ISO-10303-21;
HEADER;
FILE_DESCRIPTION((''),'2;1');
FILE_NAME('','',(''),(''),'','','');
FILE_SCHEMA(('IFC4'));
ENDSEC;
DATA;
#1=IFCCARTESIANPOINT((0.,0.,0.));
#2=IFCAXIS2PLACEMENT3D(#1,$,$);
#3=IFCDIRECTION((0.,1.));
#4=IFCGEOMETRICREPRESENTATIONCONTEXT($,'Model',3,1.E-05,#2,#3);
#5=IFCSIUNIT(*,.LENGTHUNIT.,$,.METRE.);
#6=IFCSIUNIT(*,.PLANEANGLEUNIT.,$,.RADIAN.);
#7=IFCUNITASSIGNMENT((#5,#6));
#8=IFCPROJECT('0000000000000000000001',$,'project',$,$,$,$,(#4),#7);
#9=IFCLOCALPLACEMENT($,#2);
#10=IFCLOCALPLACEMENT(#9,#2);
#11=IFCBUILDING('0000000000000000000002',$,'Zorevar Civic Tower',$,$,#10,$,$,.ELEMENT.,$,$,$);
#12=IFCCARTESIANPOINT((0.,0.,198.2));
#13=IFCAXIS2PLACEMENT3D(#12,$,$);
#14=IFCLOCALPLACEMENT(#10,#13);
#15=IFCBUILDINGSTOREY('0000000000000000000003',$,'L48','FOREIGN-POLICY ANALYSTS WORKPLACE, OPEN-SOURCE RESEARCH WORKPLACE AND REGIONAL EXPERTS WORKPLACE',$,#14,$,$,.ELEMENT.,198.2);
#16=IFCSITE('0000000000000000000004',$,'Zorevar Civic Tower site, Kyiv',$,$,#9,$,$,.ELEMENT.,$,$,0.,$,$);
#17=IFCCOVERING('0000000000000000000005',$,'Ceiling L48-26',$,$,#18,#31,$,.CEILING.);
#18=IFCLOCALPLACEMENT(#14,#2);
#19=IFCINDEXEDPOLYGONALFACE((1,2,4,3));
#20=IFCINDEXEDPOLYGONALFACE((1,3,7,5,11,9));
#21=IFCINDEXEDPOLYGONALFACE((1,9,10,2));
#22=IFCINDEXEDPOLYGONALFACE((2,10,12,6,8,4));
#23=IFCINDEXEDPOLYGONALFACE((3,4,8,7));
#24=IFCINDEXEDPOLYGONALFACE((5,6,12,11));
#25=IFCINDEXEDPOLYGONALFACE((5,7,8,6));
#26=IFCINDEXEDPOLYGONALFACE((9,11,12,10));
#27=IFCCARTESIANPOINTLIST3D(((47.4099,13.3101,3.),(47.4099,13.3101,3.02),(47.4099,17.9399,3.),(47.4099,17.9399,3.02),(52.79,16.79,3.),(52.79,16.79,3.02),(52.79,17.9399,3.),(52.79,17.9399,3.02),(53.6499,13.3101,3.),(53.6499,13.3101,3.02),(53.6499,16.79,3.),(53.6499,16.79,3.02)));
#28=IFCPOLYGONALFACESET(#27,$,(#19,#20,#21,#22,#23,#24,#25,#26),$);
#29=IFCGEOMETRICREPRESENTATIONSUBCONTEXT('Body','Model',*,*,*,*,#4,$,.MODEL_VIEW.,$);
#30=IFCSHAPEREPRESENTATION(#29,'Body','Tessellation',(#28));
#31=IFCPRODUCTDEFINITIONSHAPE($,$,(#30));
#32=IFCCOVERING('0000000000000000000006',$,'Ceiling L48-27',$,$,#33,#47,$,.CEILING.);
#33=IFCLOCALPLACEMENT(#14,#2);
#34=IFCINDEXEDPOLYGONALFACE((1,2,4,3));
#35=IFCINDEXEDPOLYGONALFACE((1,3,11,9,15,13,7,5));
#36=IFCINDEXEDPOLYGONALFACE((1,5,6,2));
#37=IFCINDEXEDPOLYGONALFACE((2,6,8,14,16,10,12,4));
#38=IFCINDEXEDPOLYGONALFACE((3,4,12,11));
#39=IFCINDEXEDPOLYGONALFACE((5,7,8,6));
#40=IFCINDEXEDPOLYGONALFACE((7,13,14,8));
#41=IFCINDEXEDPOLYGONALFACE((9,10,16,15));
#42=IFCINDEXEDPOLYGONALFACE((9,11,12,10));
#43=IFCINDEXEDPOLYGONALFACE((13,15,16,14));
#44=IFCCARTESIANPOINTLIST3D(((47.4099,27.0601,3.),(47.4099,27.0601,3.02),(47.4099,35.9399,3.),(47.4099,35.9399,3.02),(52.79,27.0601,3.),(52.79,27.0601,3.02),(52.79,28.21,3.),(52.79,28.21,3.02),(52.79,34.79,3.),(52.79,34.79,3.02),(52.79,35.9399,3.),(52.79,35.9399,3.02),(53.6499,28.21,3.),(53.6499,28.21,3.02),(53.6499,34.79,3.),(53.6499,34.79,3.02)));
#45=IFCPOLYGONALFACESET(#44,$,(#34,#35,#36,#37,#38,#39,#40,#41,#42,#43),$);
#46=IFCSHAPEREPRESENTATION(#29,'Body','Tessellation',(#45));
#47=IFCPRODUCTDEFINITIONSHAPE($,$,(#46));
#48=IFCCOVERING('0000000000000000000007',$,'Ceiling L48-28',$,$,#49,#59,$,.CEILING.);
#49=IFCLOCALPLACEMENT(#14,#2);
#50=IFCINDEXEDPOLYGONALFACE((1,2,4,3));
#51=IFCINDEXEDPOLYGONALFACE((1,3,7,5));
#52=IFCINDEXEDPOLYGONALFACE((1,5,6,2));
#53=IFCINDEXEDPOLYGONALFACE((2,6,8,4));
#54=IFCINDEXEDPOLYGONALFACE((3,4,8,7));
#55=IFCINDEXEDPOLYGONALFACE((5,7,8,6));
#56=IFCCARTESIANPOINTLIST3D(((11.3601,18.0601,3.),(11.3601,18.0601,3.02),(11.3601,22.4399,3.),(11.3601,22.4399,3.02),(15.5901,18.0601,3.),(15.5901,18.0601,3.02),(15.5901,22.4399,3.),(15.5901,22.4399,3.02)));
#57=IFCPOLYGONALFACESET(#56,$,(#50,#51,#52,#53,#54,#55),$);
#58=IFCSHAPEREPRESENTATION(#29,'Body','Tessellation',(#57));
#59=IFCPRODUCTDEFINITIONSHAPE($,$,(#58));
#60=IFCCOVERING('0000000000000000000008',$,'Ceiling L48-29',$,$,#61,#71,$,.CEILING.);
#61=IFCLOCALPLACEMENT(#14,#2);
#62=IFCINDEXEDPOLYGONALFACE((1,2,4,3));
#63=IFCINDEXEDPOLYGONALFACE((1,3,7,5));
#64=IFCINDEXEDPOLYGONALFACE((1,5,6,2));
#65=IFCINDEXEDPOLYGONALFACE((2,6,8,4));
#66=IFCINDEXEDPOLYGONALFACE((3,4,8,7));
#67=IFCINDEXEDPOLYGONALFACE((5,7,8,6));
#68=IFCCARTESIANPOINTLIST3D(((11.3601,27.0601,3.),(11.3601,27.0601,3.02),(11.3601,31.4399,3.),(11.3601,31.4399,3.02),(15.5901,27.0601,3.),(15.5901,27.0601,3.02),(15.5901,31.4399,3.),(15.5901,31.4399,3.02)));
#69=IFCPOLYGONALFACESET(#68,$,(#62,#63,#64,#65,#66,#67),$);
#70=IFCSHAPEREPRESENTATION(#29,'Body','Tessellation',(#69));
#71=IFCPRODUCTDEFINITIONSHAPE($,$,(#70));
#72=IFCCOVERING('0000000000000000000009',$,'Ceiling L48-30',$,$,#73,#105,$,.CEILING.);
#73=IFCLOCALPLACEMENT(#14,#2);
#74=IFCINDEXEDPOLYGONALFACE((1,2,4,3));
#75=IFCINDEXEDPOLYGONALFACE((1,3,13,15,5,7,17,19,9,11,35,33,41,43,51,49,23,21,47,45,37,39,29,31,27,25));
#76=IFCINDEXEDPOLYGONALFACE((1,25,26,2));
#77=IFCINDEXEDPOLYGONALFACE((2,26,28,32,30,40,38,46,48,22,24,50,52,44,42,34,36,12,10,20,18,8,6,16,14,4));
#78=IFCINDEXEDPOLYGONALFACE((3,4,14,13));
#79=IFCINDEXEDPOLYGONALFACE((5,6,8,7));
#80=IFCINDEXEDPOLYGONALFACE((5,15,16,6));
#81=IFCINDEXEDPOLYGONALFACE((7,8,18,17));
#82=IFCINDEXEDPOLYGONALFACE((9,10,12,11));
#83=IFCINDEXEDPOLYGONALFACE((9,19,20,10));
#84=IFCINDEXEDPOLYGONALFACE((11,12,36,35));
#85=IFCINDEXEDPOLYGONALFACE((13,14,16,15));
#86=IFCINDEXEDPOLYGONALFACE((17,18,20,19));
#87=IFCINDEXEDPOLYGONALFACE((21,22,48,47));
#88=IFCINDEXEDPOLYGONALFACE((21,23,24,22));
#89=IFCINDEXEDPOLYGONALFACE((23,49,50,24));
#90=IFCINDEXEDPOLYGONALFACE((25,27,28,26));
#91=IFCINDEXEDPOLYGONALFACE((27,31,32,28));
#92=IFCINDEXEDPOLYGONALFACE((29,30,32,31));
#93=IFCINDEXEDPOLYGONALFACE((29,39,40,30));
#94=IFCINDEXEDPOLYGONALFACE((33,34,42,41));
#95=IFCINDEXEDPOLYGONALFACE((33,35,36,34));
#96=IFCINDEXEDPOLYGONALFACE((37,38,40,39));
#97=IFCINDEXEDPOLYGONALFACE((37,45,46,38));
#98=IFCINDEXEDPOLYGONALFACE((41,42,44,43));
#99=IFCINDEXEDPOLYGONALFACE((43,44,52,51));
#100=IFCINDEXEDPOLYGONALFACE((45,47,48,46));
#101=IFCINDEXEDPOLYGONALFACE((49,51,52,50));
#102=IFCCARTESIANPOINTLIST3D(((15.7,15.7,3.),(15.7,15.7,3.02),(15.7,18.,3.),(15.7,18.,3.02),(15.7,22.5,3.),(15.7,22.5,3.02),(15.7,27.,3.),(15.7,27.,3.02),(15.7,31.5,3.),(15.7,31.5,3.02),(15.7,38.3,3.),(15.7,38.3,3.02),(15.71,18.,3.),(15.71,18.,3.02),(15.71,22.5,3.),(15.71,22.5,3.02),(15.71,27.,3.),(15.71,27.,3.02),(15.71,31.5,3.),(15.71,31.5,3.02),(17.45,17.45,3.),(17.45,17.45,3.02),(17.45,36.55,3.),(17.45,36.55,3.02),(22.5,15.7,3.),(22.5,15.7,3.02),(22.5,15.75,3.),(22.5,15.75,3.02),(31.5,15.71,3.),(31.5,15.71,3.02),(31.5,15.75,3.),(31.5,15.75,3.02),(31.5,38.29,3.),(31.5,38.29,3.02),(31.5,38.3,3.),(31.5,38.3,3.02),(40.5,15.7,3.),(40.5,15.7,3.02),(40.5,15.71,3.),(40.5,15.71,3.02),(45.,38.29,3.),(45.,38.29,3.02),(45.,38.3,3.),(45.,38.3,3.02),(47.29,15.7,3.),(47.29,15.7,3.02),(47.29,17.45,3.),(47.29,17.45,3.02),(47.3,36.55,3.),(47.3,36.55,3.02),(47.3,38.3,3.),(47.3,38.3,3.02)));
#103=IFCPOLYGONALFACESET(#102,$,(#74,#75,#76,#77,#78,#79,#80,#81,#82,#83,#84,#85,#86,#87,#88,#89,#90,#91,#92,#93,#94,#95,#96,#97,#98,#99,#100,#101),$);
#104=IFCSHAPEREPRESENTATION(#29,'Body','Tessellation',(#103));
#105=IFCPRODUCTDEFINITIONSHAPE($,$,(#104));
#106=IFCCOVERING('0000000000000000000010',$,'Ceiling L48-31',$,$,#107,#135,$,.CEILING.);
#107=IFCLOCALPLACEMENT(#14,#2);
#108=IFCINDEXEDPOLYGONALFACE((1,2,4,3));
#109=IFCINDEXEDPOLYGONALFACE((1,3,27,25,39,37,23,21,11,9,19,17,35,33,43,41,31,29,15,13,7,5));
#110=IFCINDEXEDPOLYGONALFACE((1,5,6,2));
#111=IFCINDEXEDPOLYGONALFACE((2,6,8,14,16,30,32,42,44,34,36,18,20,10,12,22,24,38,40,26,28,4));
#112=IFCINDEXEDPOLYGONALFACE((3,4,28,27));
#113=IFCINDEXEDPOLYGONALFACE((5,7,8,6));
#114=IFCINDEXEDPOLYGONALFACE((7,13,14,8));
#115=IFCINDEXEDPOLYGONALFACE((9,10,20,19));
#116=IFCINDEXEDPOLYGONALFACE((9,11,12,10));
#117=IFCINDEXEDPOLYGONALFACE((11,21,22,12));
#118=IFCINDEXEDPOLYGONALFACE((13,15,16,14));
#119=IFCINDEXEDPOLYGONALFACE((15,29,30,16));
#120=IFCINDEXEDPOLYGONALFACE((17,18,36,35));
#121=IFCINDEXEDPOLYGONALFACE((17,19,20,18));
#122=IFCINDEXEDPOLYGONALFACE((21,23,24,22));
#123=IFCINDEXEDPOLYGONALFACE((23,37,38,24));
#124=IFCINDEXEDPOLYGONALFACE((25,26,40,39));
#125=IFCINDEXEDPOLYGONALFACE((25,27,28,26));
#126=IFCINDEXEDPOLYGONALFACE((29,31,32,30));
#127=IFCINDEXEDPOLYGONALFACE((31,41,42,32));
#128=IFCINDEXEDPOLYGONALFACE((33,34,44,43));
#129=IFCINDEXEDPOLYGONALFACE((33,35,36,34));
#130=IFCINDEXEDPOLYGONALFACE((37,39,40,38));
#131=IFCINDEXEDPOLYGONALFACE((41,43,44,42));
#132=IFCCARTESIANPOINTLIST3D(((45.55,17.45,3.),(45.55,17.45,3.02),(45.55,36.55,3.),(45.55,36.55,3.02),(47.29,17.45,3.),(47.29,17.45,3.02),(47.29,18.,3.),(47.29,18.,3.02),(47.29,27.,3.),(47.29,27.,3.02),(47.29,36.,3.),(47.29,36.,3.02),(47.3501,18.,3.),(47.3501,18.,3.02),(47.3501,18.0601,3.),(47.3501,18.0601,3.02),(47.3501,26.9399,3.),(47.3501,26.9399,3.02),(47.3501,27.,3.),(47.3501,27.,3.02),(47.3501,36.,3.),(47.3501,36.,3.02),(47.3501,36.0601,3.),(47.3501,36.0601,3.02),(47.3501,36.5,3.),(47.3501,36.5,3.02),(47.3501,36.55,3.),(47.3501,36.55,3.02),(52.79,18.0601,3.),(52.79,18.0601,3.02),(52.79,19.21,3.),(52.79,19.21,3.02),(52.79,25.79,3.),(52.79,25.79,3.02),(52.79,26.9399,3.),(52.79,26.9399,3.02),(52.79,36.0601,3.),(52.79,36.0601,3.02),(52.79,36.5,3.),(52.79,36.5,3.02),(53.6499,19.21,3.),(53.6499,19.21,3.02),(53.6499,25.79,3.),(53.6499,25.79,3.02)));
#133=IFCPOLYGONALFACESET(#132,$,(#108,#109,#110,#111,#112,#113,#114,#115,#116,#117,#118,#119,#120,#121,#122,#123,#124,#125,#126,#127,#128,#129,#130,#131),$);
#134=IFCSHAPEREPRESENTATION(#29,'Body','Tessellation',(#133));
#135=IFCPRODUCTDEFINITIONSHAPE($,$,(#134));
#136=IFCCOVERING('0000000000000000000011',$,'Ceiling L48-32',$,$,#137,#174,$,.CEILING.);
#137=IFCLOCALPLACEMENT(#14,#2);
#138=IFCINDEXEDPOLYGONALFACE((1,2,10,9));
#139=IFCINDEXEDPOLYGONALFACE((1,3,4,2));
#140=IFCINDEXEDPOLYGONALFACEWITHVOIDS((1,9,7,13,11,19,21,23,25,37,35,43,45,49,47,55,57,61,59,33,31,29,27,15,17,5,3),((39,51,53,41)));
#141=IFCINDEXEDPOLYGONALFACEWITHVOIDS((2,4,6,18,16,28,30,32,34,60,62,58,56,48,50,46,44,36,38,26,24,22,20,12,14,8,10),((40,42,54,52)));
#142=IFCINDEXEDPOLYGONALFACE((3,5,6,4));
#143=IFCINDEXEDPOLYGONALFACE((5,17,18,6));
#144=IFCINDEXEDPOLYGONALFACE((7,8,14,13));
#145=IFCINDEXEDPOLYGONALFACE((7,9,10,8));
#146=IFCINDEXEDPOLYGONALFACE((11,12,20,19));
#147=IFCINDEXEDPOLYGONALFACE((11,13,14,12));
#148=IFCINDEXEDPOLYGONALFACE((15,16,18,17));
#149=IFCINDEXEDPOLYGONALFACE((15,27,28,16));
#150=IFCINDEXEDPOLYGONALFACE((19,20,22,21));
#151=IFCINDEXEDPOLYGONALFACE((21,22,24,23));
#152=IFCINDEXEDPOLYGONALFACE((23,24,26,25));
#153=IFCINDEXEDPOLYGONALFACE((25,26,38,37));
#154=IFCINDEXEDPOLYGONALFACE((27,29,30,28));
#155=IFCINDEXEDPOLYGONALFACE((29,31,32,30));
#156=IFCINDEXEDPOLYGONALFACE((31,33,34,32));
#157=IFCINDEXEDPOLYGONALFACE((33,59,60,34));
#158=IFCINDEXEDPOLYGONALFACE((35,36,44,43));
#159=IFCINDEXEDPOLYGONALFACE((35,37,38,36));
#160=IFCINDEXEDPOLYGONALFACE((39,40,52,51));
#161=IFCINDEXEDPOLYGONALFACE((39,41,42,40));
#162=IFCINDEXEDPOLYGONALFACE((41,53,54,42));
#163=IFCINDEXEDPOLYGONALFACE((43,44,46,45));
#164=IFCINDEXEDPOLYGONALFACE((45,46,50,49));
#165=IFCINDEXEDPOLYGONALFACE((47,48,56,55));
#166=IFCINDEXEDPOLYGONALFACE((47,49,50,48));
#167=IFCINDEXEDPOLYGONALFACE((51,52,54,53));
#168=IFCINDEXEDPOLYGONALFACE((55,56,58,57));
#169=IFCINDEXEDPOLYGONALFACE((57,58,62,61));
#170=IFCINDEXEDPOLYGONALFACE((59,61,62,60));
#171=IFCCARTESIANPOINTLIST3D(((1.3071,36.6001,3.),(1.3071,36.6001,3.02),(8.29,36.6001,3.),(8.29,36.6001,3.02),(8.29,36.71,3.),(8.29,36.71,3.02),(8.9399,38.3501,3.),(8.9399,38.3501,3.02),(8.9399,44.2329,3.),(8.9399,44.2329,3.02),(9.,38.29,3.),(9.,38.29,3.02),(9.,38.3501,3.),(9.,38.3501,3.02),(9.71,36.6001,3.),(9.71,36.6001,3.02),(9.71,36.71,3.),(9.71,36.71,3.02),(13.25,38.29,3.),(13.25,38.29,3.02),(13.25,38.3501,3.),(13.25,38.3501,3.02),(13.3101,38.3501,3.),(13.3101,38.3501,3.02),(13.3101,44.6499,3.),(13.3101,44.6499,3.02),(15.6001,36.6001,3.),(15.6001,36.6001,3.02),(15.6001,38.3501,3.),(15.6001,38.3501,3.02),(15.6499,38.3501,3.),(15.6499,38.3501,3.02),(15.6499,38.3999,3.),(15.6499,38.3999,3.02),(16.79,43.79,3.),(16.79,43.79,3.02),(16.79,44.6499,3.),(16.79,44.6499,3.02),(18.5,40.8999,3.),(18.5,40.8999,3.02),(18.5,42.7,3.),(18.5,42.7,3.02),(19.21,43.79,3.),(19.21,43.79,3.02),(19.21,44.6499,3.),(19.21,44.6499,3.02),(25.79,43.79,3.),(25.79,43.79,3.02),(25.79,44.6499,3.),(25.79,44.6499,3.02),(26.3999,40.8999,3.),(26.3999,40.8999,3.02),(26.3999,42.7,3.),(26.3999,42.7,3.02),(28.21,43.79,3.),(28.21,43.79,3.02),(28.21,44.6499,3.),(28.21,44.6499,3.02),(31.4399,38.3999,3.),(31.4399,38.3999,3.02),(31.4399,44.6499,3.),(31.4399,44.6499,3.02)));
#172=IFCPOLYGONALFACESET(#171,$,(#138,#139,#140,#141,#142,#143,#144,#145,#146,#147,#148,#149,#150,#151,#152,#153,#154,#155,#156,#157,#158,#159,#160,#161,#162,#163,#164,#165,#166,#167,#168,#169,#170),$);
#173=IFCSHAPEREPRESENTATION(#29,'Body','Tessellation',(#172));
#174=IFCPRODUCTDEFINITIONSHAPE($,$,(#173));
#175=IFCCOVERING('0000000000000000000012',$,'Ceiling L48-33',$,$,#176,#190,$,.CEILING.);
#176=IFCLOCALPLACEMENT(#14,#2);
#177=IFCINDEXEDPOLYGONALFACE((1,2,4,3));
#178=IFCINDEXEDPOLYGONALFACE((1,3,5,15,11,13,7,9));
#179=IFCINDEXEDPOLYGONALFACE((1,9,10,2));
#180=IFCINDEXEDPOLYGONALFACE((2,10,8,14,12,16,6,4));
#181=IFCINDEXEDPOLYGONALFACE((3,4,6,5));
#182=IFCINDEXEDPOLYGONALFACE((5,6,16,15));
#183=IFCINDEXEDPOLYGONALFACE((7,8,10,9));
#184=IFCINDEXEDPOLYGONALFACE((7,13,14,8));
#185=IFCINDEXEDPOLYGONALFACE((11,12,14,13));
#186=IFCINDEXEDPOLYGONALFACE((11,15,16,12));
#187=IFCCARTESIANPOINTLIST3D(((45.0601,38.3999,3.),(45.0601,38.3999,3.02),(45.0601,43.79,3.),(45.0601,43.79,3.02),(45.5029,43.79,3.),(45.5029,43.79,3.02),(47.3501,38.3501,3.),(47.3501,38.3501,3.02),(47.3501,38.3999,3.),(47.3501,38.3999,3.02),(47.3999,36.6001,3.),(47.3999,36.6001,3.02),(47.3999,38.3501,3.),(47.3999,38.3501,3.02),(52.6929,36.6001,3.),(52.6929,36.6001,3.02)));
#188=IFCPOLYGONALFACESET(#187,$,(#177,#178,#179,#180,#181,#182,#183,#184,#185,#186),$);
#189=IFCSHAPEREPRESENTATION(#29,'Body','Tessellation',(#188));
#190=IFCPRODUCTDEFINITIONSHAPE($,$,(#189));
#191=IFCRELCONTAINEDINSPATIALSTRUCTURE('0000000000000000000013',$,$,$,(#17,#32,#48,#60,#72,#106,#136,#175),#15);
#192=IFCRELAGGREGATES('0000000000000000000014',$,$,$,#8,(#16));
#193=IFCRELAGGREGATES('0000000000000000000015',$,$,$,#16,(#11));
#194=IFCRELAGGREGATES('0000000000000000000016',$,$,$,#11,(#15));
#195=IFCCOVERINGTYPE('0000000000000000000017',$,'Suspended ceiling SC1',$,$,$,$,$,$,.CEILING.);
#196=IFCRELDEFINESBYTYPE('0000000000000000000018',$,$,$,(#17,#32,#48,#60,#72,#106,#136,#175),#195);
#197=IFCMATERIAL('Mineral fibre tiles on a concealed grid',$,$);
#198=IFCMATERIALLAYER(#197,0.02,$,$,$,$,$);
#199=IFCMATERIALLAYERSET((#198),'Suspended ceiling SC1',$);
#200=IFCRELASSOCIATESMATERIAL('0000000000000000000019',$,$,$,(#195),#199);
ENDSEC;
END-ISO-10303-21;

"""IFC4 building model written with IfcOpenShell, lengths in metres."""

from ifc_helpers import new_model, si_unit, direction, frame, origin, place, context, subcontext, project, spatial, polyline, outline, extrude, material, layer, layer_set, type_object, element, save


model = new_model("IFC4")

# Units and contexts
model_context = context("Model", 3, precision=1e-05, world=origin(), true_north=direction((0.0, 1.0)))
body_context = subcontext(model_context, "Body", "Model", "MODEL_VIEW")
ifc_project = project(units=[si_unit("LENGTHUNIT", "METRE"), si_unit("PLANEANGLEUNIT", "RADIAN")], contexts=[model_context])

# Site, building, storey
site_placement = place(None, origin())
site = spatial("IfcSite", under=ifc_project, at=site_placement, Name="Zorevar Civic Tower site, Kyiv", CompositionType="ELEMENT", RefElevation=0.0)
building_placement = place(site_placement, origin())
building = spatial("IfcBuilding", under=site, at=building_placement, Name="Zorevar Civic Tower", CompositionType="ELEMENT")
storey_placement = place(building_placement, frame((0.0, 0.0, 198.2)))
storey = spatial("IfcBuildingStorey", under=building, at=storey_placement, Name="L48", Description="FOREIGN-POLICY ANALYSTS WORKPLACE, OPEN-SOURCE RESEARCH WORKPLACE AND REGIONAL EXPERTS WORKPLACE", CompositionType="ELEMENT", Elevation=198.2)

# Coverings
ifc_material_1 = material(Name="Mineral fibre tiles on a concealed grid")
ifc_layer_1 = layer(ifc_material_1, 0.02)
ifc_layer_set_1 = layer_set([ifc_layer_1], Name="Suspended ceiling SC1")
covering_type_1 = type_object("IfcCoveringType", Name="Suspended ceiling SC1", PredefinedType="CEILING", material=ifc_layer_set_1)
covering_1_placement = place(storey_placement, frame((0.0, 0.0, 3.0)))
element("IfcCovering", 1, at=covering_1_placement, inside=storey, type_object=covering_type_1, Name="Ceiling L48-26", PredefinedType="CEILING", context=body_context, shape_type="SweptSolid", body=[
    extrude(outline(polyline([(47.4099, 17.9399), (52.79, 17.9399), (52.79, 16.79), (53.6499, 16.79), (53.6499, 13.3101), (47.4099, 13.3101), (47.4099, 17.9399)])), origin(), (0.0, 0.0, 1.0), 0.02),
])
covering_2_placement = place(storey_placement, frame((0.0, 0.0, 3.0)))
element("IfcCovering", 2, at=covering_2_placement, inside=storey, type_object=covering_type_1, Name="Ceiling L48-27", PredefinedType="CEILING", context=body_context, shape_type="SweptSolid", body=[
    extrude(outline(polyline([(53.6499, 28.21), (52.79, 28.21), (52.79, 27.0601), (47.4099, 27.0601), (47.4099, 35.9399), (52.79, 35.9399), (52.79, 34.79), (53.6499, 34.79), (53.6499, 28.21)])), origin(), (0.0, 0.0, 1.0), 0.02),
])
covering_3_placement = place(storey_placement, frame((0.0, 0.0, 3.0)))
element("IfcCovering", 3, at=covering_3_placement, inside=storey, type_object=covering_type_1, Name="Ceiling L48-28", PredefinedType="CEILING", context=body_context, shape_type="SweptSolid", body=[
    extrude(outline(polyline([(15.5901, 18.0601), (11.3601, 18.0601), (11.3601, 22.4399), (15.5901, 22.4399), (15.5901, 18.0601)])), origin(), (0.0, 0.0, 1.0), 0.02),
])
covering_4_placement = place(storey_placement, frame((0.0, 0.0, 3.0)))
element("IfcCovering", 4, at=covering_4_placement, inside=storey, type_object=covering_type_1, Name="Ceiling L48-29", PredefinedType="CEILING", context=body_context, shape_type="SweptSolid", body=[
    extrude(outline(polyline([(11.3601, 31.4399), (15.5901, 31.4399), (15.5901, 27.0601), (11.3601, 27.0601), (11.3601, 31.4399)])), origin(), (0.0, 0.0, 1.0), 0.02),
])
covering_5_placement = place(storey_placement, frame((0.0, 0.0, 3.0)))
element("IfcCovering", 5, at=covering_5_placement, inside=storey, type_object=covering_type_1, Name="Ceiling L48-30", PredefinedType="CEILING", context=body_context, shape_type="SweptSolid", body=[
    extrude(outline(polyline([(47.29, 15.7), (40.5, 15.7), (40.5, 15.71), (31.5, 15.71), (31.5, 15.75), (22.5, 15.75), (22.5, 15.7), (15.7, 15.7), (15.7, 18.0), (15.71, 18.0), (15.71, 22.5), (15.7, 22.5), (15.7, 27.0), (15.71, 27.0), (15.71, 31.5), (15.7, 31.5), (15.7, 38.3), (31.5, 38.3), (31.5, 38.29), (45.0, 38.29), (45.0, 38.3), (47.3, 38.3), (47.3, 36.55), (17.45, 36.55), (17.45, 17.45), (47.29, 17.45), (47.29, 15.7)])), origin(), (0.0, 0.0, 1.0), 0.02),
])
covering_6_placement = place(storey_placement, frame((0.0, 0.0, 3.0)))
element("IfcCovering", 6, at=covering_6_placement, inside=storey, type_object=covering_type_1, Name="Ceiling L48-31", PredefinedType="CEILING", context=body_context, shape_type="SweptSolid", body=[
    extrude(outline(polyline([(52.79, 25.79), (53.6499, 25.79), (53.6499, 19.21), (52.79, 19.21), (52.79, 18.0601), (47.3501, 18.0601), (47.3501, 18.0), (47.29, 18.0), (47.29, 17.45), (45.55, 17.45), (45.55, 36.55), (47.3501, 36.55), (47.3501, 36.5), (52.79, 36.5), (52.79, 36.0601), (47.3501, 36.0601), (47.3501, 36.0), (47.29, 36.0), (47.29, 27.0), (47.3501, 27.0), (47.3501, 26.9399), (52.79, 26.9399), (52.79, 25.79)])), origin(), (0.0, 0.0, 1.0), 0.02),
])
covering_7_placement = place(storey_placement, frame((0.0, 0.0, 3.0)))
element("IfcCovering", 7, at=covering_7_placement, inside=storey, type_object=covering_type_1, Name="Ceiling L48-32", PredefinedType="CEILING", context=body_context, shape_type="SweptSolid", body=[
    extrude(outline(polyline([(8.9399, 38.3501), (9.0, 38.3501), (9.0, 38.29), (13.25, 38.29), (13.25, 38.3501), (13.3101, 38.3501), (13.3101, 44.6499), (16.79, 44.6499), (16.79, 43.79), (19.21, 43.79), (19.21, 44.6499), (25.79, 44.6499), (25.79, 43.79), (28.21, 43.79), (28.21, 44.6499), (31.4399, 44.6499), (31.4399, 38.3999), (15.6499, 38.3999), (15.6499, 38.3501), (15.6001, 38.3501), (15.6001, 36.6001), (9.71, 36.6001), (9.71, 36.71), (8.29, 36.71), (8.29, 36.6001), (1.3071, 36.6001), (8.9399, 44.2329), (8.9399, 38.3501)]), holes=[polyline([(26.3999, 42.7), (18.5, 42.7), (18.5, 40.8999), (26.3999, 40.8999), (26.3999, 42.7)])]), origin(), (0.0, 0.0, 1.0), 0.02),
])
covering_8_placement = place(storey_placement, frame((0.0, 0.0, 3.0)))
element("IfcCovering", 8, at=covering_8_placement, inside=storey, type_object=covering_type_1, Name="Ceiling L48-33", PredefinedType="CEILING", context=body_context, shape_type="SweptSolid", body=[
    extrude(outline(polyline([(47.3999, 36.6001), (47.3999, 38.3501), (47.3501, 38.3501), (47.3501, 38.3999), (45.0601, 38.3999), (45.0601, 43.79), (45.5029, 43.79), (52.6929, 36.6001), (47.3999, 36.6001)])), origin(), (0.0, 0.0, 1.0), 0.02),
])

save(model, "model.ifc")
